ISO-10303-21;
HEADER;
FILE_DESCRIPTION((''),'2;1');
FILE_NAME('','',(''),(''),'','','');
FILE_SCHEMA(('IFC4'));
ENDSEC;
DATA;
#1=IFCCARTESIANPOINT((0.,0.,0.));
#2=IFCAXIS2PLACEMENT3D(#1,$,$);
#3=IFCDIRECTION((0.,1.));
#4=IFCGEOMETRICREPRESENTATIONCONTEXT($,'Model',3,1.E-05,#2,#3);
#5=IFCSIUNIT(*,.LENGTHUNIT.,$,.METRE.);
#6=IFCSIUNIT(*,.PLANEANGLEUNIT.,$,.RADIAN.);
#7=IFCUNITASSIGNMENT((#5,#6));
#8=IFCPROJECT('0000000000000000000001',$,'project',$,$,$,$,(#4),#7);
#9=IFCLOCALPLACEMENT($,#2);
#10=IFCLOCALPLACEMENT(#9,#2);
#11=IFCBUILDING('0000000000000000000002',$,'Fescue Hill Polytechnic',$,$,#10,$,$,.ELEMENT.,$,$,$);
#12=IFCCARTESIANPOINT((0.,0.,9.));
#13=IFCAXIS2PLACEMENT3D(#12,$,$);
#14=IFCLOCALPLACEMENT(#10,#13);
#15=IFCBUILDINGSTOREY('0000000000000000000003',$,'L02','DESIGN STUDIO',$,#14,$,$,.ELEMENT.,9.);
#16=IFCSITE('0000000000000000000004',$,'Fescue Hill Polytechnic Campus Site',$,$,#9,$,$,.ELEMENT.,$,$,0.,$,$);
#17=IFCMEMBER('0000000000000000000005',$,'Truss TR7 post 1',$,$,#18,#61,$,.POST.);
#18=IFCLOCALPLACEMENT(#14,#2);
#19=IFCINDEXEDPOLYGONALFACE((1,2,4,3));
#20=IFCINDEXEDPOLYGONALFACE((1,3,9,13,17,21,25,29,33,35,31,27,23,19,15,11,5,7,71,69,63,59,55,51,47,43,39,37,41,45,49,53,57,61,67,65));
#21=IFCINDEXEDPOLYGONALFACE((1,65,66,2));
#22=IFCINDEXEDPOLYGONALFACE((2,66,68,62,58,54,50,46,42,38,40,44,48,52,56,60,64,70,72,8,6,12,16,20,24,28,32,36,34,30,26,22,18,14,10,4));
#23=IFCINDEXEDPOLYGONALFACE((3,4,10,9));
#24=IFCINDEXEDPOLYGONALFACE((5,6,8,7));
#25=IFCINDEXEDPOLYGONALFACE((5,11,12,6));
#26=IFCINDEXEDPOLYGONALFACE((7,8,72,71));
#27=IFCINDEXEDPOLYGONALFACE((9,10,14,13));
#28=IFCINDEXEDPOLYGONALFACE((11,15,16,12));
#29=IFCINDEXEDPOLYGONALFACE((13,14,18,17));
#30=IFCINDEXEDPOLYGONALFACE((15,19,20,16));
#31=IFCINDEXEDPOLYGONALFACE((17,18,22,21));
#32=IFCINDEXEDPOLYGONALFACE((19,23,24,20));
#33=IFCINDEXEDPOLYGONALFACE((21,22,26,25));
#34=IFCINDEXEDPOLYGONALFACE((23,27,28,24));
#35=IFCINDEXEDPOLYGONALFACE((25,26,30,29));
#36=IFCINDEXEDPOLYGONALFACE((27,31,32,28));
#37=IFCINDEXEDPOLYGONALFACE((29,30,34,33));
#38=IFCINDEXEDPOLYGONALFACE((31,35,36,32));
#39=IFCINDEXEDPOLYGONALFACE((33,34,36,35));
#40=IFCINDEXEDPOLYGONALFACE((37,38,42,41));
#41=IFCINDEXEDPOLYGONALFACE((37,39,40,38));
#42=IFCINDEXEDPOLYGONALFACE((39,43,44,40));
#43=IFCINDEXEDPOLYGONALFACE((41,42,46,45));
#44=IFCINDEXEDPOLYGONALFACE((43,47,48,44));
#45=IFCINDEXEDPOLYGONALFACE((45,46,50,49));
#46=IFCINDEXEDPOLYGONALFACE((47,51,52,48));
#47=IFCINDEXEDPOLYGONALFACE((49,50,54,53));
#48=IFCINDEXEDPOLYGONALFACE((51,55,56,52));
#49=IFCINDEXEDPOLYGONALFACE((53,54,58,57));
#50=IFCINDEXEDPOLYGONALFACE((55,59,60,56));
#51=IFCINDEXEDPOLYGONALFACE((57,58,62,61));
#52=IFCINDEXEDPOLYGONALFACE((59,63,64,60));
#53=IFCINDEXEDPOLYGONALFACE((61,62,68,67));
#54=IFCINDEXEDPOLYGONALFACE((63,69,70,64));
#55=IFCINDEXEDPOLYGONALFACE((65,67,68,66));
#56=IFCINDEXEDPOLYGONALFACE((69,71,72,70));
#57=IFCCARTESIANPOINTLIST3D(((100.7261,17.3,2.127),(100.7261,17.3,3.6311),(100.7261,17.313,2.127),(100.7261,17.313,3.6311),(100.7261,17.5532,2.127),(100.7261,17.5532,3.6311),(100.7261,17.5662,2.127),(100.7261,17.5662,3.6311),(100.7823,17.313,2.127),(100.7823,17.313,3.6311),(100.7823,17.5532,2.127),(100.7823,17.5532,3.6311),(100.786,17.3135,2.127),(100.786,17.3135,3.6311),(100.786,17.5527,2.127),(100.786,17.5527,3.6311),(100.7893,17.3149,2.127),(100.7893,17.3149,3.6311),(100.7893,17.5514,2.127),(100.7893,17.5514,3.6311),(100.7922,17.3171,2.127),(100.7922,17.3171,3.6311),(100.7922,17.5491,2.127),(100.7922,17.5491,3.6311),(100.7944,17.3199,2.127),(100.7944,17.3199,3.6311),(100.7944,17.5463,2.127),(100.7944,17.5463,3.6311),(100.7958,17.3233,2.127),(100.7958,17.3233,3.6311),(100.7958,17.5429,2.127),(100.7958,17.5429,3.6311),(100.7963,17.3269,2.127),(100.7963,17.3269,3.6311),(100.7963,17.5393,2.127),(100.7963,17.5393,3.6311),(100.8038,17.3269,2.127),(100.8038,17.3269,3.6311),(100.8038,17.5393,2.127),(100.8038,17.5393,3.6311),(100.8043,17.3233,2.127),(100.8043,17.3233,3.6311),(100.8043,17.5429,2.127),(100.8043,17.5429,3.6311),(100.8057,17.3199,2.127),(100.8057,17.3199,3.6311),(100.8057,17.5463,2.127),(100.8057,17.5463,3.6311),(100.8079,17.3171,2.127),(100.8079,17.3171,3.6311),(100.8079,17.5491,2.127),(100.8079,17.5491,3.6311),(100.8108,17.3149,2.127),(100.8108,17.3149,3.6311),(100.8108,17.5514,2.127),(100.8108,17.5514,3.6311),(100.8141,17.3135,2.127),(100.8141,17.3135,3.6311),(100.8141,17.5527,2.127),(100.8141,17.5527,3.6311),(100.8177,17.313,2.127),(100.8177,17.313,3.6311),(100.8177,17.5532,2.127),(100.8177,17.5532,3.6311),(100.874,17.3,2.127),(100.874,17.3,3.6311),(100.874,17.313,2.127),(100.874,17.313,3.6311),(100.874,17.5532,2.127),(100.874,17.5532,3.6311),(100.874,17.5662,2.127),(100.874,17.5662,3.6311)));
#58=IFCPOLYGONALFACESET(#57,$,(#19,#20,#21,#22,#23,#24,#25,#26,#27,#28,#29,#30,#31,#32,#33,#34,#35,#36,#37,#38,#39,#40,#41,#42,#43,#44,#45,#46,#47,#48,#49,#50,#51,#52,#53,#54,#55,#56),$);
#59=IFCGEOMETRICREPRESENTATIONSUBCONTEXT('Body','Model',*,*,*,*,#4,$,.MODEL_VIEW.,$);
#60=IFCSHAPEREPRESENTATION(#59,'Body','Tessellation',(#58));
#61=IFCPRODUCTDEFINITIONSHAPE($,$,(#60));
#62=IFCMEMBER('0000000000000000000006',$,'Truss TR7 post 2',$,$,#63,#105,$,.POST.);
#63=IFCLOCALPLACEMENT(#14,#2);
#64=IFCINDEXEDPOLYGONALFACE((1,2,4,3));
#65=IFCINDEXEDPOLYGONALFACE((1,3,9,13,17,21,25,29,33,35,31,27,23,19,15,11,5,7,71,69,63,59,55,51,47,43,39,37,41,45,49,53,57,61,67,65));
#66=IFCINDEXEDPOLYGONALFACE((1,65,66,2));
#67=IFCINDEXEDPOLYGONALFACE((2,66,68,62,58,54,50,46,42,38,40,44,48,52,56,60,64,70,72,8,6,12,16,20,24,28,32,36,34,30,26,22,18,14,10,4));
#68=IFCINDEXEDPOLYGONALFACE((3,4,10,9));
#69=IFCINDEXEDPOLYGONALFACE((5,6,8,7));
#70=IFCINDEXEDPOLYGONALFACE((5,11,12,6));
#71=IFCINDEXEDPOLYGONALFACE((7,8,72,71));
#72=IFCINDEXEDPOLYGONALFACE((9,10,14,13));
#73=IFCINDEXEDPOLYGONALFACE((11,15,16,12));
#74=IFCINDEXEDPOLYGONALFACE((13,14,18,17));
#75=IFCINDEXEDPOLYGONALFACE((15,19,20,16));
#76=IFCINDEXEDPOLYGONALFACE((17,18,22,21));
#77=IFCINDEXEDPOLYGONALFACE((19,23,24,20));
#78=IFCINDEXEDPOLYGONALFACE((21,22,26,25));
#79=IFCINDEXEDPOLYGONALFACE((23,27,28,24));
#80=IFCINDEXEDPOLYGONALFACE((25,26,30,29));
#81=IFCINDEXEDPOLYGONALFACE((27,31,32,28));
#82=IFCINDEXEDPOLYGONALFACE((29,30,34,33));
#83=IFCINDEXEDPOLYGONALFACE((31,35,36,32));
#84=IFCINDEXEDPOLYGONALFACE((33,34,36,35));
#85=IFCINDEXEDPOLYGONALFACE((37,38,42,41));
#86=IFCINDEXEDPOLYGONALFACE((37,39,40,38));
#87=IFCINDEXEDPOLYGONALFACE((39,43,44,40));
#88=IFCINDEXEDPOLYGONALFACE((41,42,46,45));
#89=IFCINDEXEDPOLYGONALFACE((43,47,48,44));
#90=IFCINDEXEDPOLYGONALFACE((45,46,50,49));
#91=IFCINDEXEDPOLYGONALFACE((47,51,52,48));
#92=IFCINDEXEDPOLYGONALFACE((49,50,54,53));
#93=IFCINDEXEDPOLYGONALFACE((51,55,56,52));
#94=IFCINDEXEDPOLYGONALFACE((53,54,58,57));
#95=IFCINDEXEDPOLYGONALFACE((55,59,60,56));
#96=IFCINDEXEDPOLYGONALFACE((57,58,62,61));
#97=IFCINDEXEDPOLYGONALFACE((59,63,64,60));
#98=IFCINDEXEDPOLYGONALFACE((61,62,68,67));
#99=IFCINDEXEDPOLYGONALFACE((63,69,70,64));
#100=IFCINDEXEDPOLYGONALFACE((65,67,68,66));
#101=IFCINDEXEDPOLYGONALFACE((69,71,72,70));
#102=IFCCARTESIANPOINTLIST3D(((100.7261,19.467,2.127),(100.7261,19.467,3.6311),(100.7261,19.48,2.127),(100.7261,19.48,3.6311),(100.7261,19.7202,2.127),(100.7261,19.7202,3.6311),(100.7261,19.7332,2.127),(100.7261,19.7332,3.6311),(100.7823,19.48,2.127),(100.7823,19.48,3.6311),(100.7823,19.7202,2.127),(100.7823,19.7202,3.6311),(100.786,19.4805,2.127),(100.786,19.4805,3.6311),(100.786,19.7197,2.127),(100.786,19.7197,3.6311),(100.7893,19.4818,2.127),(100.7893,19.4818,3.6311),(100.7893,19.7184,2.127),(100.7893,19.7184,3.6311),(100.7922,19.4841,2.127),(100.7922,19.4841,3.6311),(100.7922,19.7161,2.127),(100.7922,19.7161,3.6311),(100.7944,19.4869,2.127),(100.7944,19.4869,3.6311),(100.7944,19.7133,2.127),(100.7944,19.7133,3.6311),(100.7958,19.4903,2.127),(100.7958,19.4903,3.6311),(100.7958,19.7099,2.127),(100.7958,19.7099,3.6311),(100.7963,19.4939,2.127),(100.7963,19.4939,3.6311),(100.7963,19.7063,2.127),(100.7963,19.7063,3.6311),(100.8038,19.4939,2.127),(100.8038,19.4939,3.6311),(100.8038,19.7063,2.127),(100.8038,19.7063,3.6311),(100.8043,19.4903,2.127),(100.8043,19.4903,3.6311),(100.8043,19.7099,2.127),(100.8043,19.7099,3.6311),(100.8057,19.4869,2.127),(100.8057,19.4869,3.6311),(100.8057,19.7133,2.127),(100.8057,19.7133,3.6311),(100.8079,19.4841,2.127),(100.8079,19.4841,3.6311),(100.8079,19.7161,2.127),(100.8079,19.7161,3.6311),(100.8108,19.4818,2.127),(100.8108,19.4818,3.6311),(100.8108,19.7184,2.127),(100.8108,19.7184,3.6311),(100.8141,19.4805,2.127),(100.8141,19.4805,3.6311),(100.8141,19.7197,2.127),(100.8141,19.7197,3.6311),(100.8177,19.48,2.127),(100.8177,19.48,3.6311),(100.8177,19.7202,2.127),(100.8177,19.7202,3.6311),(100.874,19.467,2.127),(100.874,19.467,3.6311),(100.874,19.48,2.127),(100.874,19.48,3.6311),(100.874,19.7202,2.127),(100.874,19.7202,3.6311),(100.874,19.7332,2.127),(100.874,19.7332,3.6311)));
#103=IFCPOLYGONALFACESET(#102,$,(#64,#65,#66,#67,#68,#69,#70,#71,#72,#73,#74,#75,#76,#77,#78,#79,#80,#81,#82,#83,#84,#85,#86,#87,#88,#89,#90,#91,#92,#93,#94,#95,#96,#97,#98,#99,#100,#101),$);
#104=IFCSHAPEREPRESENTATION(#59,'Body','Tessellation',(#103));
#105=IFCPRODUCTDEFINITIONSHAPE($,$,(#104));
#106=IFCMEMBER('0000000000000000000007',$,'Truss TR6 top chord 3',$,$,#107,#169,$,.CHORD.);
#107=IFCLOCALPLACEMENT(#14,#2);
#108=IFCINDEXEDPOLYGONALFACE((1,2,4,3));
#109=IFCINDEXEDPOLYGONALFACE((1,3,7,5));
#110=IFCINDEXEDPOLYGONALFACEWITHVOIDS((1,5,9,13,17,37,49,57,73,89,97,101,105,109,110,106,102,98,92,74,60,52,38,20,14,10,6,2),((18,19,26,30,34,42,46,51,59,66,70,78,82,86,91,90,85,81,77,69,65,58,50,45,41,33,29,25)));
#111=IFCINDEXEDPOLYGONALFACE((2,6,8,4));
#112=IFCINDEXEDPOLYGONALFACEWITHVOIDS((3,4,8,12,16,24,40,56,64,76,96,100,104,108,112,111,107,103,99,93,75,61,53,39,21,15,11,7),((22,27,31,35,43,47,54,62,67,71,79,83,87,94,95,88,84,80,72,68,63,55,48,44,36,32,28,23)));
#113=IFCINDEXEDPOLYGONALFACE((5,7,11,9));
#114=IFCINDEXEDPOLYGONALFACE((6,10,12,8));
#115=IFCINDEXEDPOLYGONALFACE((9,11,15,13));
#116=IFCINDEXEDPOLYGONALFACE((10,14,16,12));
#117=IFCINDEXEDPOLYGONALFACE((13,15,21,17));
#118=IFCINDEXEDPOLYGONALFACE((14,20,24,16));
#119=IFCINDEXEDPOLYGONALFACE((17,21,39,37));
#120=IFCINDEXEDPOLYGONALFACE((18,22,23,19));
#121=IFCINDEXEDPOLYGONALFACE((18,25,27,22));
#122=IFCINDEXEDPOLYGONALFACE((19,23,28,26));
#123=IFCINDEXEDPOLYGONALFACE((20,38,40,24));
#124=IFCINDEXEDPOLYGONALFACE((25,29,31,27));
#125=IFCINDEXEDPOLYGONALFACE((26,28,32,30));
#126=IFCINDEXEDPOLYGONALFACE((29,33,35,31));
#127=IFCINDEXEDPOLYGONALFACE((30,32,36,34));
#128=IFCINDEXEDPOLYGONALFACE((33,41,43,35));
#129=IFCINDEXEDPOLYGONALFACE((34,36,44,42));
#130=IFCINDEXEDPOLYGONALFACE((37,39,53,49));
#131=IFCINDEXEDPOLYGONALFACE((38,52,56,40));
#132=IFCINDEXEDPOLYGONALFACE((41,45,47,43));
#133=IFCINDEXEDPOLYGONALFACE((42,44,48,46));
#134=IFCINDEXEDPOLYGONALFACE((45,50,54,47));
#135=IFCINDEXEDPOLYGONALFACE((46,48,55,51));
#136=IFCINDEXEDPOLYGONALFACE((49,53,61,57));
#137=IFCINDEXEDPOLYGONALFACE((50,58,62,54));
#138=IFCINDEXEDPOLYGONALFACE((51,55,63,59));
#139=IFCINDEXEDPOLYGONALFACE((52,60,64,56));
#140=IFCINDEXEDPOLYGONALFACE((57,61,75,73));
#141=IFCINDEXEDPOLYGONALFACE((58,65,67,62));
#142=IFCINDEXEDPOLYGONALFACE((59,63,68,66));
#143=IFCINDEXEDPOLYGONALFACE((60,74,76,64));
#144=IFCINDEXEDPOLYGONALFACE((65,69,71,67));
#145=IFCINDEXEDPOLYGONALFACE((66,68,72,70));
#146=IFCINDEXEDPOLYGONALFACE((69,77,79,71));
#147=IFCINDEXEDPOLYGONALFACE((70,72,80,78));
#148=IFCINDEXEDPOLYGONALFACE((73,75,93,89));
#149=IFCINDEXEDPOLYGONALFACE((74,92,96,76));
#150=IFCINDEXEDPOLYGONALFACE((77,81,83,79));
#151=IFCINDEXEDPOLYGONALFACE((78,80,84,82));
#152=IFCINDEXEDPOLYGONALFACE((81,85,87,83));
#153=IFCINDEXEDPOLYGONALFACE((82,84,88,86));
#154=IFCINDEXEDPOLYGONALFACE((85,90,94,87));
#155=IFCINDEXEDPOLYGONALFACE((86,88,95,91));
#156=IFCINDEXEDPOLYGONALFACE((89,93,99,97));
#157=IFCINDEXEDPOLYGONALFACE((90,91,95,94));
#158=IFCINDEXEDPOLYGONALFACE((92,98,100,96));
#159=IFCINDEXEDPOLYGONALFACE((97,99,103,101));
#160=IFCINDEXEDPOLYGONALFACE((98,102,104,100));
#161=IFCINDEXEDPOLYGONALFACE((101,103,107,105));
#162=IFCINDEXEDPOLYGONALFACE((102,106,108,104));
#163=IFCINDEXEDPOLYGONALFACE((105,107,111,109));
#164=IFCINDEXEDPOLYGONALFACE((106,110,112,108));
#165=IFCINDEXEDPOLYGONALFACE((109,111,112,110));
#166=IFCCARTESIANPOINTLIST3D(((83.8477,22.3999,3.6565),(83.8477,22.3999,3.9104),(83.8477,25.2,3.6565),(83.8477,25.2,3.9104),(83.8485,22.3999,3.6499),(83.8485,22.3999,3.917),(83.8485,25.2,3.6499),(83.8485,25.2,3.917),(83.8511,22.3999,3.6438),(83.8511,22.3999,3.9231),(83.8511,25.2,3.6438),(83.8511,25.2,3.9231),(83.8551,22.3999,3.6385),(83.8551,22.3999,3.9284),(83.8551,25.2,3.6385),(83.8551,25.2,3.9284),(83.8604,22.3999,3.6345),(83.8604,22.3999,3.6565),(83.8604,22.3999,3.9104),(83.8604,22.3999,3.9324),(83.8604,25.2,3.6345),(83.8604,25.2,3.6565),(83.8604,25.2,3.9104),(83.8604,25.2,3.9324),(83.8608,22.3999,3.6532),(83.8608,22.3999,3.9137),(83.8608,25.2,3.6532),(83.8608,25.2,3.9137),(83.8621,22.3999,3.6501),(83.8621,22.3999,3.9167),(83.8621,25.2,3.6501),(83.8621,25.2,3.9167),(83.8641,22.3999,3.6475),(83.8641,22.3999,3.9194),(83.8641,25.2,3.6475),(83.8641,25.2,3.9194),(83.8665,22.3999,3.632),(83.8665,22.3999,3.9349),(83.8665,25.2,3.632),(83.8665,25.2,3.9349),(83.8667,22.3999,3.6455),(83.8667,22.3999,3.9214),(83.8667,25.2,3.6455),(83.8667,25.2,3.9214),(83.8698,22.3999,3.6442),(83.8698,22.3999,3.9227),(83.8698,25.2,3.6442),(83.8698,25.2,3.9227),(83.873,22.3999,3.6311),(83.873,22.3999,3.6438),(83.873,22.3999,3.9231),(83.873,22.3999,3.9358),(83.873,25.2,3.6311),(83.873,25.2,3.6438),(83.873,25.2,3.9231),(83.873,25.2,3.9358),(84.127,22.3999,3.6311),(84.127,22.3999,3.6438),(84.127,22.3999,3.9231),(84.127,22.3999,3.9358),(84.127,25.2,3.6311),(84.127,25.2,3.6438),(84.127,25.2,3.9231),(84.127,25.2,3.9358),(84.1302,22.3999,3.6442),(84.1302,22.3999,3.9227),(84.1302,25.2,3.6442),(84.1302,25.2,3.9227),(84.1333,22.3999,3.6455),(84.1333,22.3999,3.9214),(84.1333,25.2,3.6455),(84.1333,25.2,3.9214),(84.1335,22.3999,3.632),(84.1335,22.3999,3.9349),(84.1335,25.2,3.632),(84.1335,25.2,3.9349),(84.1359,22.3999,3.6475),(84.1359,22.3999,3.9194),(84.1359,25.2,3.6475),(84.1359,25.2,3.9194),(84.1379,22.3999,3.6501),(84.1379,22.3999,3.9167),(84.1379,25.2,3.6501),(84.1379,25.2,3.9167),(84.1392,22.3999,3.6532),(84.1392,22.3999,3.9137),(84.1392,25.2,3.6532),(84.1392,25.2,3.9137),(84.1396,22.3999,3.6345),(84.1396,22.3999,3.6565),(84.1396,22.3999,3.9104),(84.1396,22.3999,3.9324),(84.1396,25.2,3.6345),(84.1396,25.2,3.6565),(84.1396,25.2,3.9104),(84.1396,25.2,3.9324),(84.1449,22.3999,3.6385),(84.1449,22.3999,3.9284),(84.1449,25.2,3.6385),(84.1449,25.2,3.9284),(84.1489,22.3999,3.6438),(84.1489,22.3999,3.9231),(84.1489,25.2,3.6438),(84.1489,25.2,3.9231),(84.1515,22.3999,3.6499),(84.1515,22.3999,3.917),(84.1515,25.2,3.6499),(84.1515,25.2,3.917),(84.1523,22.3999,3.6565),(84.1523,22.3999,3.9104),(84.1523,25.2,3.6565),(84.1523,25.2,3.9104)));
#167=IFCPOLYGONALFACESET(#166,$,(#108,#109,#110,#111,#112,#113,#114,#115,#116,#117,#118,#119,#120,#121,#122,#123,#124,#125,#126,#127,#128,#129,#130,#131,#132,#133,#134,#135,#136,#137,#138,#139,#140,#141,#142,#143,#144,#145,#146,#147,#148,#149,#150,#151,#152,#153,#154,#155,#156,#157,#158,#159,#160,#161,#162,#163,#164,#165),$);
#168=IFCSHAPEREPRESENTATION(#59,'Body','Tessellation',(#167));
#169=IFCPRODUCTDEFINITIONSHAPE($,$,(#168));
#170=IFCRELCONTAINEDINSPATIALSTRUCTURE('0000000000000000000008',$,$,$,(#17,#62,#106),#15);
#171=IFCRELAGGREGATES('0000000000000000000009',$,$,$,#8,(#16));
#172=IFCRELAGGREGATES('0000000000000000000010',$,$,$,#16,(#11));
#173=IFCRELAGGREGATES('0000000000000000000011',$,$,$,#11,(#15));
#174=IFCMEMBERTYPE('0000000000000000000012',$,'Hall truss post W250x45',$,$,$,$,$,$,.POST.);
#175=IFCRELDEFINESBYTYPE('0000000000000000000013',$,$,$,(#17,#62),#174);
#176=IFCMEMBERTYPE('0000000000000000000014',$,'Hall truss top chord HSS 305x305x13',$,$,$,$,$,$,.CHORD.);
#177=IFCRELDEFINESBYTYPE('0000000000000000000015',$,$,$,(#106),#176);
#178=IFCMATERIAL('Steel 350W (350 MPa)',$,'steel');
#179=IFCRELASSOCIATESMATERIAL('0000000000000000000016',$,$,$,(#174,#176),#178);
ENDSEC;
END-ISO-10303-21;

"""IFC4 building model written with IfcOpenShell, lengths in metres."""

from ifc_helpers import new_model, si_unit, direction, frame, origin, origin_2d, place, context, subcontext, project, spatial, hollow_rectangle, i_section, extrude, material, material_profile, profile_set, type_object, element, save


model = new_model("IFC4")

# Units and contexts
model_context = context("Model", 3, precision=1e-05, world=origin(), true_north=direction((0.0, 1.0)))
body_context = subcontext(model_context, "Body", "Model", "MODEL_VIEW")
ifc_project = project(units=[si_unit("LENGTHUNIT", "METRE"), si_unit("PLANEANGLEUNIT", "RADIAN")], contexts=[model_context])

# Site, building, storey
site_placement = place(None, origin())
site = spatial("IfcSite", under=ifc_project, at=site_placement, Name="Fescue Hill Polytechnic Campus Site", CompositionType="ELEMENT", RefElevation=0.0)
building_placement = place(site_placement, origin())
building = spatial("IfcBuilding", under=site, at=building_placement, Name="Fescue Hill Polytechnic", CompositionType="ELEMENT")
storey_placement = place(building_placement, frame((0.0, 0.0, 9.0)))
storey = spatial("IfcBuildingStorey", under=building, at=storey_placement, Name="L02", Description="DESIGN STUDIO", CompositionType="ELEMENT", Elevation=9.0)

# Members
ifc_material_1 = material(Name="Steel 350W (350 MPa)", Category="steel")
ifc_material_profile_1 = material_profile(ifc_material_1, i_section(OverallWidth=0.1479, OverallDepth=0.2661, WebThickness=0.0076, FlangeThickness=0.0129, FilletRadius=0.0139, at=origin_2d()), Name="W250x45")
ifc_profile_set_1 = profile_set([ifc_material_profile_1], Name="Steel 350W (350 MPa)")
member_type_1 = type_object("IfcMemberType", Name="Hall truss post W250x45", PredefinedType="POST", material=ifc_profile_set_1)
for number, where, z_axis, x_axis, name in (
    (1, (100.8, 17.4331, 2.127), (0.0, 0.0, 1.0), (1.0, 0.0, 0.0), "Truss TR7 post 1"),
    (2, (100.8, 19.6001, 2.127), (0.0, 0.0, 1.0), (1.0, 0.0, 0.0), "Truss TR7 post 2"),
):
    element("IfcMember", number, at=place(storey_placement, frame(where, z_axis=z_axis, x_axis=x_axis)), inside=storey, type_object=member_type_1, Name=name, PredefinedType="POST", context=body_context, shape_type="SweptSolid", body=[
        extrude(i_section(OverallWidth=0.1479, OverallDepth=0.2661, WebThickness=0.0076, FlangeThickness=0.0129, FilletRadius=0.0139, at=origin_2d()), origin(), (0.0, 0.0, 1.0), 1.5042),
    ])
ifc_material_profile_2 = material_profile(ifc_material_1, hollow_rectangle(XDim=0.3047, YDim=0.3047, WallThickness=0.0127, InnerFilletRadius=0.0127, OuterFilletRadius=0.0254, at=origin_2d()), Name="Hall truss top chord HSS 305x305x13")
ifc_profile_set_2 = profile_set([ifc_material_profile_2], Name="Steel 350W (350 MPa)")
member_type_2 = type_object("IfcMemberType", Name="Hall truss top chord HSS 305x305x13", PredefinedType="CHORD", material=ifc_profile_set_2)
member_1_placement = place(storey_placement, frame((84.0, 22.3999, 3.7834), z_axis=(0.0, 1.0, 0.0), x_axis=(-1.0, 0.0, 0.0)))
element("IfcMember", 3, at=member_1_placement, inside=storey, type_object=member_type_2, Name="Truss TR6 top chord 3", PredefinedType="CHORD", context=body_context, shape_type="SweptSolid", body=[
    extrude(hollow_rectangle(XDim=0.3047, YDim=0.3047, WallThickness=0.0127, InnerFilletRadius=0.0127, OuterFilletRadius=0.0254, at=origin_2d()), origin(), (0.0, 0.0, 1.0), 2.8),
])

save(model, "model.ifc")
